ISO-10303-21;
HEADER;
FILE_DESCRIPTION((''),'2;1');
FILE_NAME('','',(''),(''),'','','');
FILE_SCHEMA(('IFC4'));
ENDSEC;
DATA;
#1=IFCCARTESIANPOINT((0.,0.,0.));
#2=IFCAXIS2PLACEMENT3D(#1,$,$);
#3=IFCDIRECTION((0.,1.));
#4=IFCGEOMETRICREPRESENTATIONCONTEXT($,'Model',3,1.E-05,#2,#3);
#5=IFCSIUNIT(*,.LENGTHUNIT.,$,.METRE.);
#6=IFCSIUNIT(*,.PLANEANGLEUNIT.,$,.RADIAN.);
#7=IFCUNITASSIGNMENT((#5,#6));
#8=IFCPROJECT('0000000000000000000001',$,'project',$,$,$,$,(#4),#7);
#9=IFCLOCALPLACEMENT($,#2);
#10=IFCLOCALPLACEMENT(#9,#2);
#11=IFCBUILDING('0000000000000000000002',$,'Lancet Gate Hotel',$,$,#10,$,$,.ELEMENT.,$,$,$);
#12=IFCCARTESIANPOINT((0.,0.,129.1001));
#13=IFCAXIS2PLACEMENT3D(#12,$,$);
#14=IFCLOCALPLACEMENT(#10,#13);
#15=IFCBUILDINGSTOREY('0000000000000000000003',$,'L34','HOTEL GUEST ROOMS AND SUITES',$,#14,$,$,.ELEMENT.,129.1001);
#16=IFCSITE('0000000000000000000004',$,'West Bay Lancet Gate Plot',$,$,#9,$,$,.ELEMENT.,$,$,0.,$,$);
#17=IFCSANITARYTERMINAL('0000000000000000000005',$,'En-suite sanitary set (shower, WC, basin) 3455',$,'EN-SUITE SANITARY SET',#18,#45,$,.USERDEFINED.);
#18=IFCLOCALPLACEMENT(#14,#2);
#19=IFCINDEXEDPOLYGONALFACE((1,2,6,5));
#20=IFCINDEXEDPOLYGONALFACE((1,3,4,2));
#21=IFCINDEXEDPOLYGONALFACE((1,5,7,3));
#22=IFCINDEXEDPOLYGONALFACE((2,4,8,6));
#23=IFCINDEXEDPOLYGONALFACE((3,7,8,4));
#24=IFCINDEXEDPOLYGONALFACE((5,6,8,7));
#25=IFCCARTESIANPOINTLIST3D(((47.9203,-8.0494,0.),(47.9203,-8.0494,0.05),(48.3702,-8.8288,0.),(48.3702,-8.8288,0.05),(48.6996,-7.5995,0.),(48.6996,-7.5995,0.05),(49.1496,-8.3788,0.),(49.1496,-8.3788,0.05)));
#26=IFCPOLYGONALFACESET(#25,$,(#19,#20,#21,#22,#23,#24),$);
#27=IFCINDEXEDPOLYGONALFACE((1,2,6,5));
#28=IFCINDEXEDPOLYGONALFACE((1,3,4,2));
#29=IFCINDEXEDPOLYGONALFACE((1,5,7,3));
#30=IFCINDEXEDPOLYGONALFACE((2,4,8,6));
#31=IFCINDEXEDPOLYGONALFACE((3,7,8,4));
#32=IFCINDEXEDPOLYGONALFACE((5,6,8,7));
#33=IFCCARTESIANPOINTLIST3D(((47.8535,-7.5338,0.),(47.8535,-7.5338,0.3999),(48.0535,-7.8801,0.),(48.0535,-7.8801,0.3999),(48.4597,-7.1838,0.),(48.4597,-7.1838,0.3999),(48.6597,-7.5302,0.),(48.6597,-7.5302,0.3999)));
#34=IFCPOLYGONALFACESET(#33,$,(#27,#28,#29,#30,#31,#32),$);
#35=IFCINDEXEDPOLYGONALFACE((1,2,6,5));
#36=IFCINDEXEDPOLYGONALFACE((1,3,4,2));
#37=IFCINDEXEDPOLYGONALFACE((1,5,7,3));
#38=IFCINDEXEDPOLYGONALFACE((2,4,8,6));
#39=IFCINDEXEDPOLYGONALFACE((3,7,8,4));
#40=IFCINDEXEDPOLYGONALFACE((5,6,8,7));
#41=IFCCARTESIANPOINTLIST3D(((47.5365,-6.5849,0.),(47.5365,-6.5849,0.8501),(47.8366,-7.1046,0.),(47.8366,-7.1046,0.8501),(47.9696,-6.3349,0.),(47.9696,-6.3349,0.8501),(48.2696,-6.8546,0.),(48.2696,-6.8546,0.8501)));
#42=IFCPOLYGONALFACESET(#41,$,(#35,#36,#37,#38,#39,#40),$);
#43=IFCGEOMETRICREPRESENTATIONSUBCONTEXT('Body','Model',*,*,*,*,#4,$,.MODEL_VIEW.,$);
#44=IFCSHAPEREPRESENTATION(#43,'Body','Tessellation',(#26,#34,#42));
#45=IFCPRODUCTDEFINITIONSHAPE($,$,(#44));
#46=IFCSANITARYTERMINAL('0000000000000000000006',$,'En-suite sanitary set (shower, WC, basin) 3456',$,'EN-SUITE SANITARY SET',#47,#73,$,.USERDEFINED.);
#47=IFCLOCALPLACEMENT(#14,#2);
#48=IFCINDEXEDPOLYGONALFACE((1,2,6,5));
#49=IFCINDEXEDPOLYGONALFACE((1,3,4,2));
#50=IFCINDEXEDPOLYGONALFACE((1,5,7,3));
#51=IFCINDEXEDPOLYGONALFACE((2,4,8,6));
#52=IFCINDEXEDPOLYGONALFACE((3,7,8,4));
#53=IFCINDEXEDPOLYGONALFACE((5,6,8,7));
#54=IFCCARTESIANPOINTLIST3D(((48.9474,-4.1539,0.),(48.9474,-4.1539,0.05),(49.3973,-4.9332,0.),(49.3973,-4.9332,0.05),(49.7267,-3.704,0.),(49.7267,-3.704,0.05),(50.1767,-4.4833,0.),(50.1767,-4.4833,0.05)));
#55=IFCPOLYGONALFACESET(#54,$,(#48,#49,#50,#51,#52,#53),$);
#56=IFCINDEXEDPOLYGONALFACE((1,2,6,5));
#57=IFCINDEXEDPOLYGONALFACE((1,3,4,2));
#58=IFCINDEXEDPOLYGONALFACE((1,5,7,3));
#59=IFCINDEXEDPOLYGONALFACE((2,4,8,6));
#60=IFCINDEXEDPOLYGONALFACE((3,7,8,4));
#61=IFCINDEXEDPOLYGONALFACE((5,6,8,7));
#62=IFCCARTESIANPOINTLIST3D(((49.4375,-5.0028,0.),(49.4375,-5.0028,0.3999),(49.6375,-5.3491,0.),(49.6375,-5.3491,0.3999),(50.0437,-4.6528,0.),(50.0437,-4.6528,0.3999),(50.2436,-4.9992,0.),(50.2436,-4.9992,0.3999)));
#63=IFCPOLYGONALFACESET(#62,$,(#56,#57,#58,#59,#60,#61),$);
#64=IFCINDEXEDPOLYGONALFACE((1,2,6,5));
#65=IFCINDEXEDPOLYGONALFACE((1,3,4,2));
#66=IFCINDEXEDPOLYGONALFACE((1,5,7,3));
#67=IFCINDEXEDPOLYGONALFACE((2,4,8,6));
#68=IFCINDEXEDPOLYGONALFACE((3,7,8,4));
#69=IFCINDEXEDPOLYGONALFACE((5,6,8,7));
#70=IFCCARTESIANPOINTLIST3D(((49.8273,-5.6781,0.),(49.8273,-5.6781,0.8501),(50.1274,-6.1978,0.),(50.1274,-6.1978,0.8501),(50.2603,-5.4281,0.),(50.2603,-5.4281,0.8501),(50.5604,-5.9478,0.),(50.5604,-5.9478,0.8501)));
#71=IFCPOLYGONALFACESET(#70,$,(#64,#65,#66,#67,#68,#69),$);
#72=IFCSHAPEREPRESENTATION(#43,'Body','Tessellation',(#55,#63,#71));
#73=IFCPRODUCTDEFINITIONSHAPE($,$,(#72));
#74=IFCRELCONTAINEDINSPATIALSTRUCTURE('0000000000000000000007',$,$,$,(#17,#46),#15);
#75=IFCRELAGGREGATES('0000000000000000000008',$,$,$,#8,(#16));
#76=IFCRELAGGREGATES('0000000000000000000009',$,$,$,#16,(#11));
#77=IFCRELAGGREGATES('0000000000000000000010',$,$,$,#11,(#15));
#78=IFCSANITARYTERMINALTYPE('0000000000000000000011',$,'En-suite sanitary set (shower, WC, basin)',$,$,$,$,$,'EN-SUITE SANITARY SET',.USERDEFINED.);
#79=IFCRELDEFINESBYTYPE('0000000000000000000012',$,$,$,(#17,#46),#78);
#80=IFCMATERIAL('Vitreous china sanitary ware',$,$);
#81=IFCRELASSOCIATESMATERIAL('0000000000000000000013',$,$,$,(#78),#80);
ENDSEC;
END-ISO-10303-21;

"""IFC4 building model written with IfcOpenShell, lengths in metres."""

from ifc_helpers import new_model, si_unit, direction, frame, origin, origin_2d, place, context, subcontext, project, spatial, rectangle, extrude, material, type_object, element, save


model = new_model("IFC4")

# Units and contexts
model_context = context("Model", 3, precision=1e-05, world=origin(), true_north=direction((0.0, 1.0)))
body_context = subcontext(model_context, "Body", "Model", "MODEL_VIEW")
ifc_project = project(units=[si_unit("LENGTHUNIT", "METRE"), si_unit("PLANEANGLEUNIT", "RADIAN")], contexts=[model_context])

# Site, building, storey
site_placement = place(None, origin())
site = spatial("IfcSite", under=ifc_project, at=site_placement, Name="West Bay Lancet Gate Plot", CompositionType="ELEMENT", RefElevation=0.0)
building_placement = place(site_placement, origin())
building = spatial("IfcBuilding", under=site, at=building_placement, Name="Lancet Gate Hotel", CompositionType="ELEMENT")
storey_placement = place(building_placement, frame((0.0, 0.0, 129.1001)))
storey = spatial("IfcBuildingStorey", under=building, at=storey_placement, Name="L34", Description="HOTEL GUEST ROOMS AND SUITES", CompositionType="ELEMENT", Elevation=129.1001)

# Sanitary terminals
ifc_material_1 = material(Name="Vitreous china sanitary ware")
sanitary_terminal_type = type_object("IfcSanitaryTerminalType", Name="En-suite sanitary set (shower, WC, basin)", ElementType="EN-SUITE SANITARY SET", PredefinedType="USERDEFINED", material=ifc_material_1)
sanitary_terminal_1_placement = place(storey_placement, frame((48.5349, -8.2141, 0.0), z_axis=(0.0, 0.0, 1.0), x_axis=(1.0, 0.0, 0.0)))
element("IfcSanitaryTerminal", 1, at=sanitary_terminal_1_placement, inside=storey, type_object=sanitary_terminal_type, Name="En-suite sanitary set (shower, WC, basin) 3455", ObjectType="EN-SUITE SANITARY SET", PredefinedType="USERDEFINED", context=body_context, shape_type="SweptSolid", body=[
    extrude(rectangle(XDim=0.8999, YDim=0.8999, at=origin_2d()), frame((0.0, 0.0, 0.0), z_axis=(0.0, 0.0, 1.0), x_axis=(0.5, -0.866025, 0.0)), (0.0, 0.0, 1.0), 0.05),
    extrude(rectangle(XDim=0.3999, YDim=0.7, at=origin_2d()), frame((-0.2783, 0.6821, 0.0), z_axis=(0.0, 0.0, 1.0), x_axis=(0.5, -0.866025, 0.0)), (0.0, 0.0, 1.0), 0.3999),
    extrude(rectangle(XDim=0.6001, YDim=0.5, at=origin_2d()), frame((-0.6318, 1.4944, 0.0), z_axis=(0.0, 0.0, 1.0), x_axis=(0.5, -0.866025, 0.0)), (0.0, 0.0, 1.0), 0.8501),
])
sanitary_terminal_2_placement = place(storey_placement, frame((49.562, -4.3186, 0.0), z_axis=(0.0, 0.0, 1.0), x_axis=(1.0, 0.0, 0.0)))
element("IfcSanitaryTerminal", 2, at=sanitary_terminal_2_placement, inside=storey, type_object=sanitary_terminal_type, Name="En-suite sanitary set (shower, WC, basin) 3456", ObjectType="EN-SUITE SANITARY SET", PredefinedType="USERDEFINED", context=body_context, shape_type="SweptSolid", body=[
    extrude(rectangle(XDim=0.8999, YDim=0.8999, at=origin_2d()), frame((0.0, 0.0, 0.0), z_axis=(0.0, 0.0, 1.0), x_axis=(-0.5, 0.866025, 0.0)), (0.0, 0.0, 1.0), 0.05),
    extrude(rectangle(XDim=0.3999, YDim=0.7, at=origin_2d()), frame((0.2786, -0.6824, 0.0), z_axis=(0.0, 0.0, 1.0), x_axis=(-0.5, 0.866025, 0.0)), (0.0, 0.0, 1.0), 0.3999),
    extrude(rectangle(XDim=0.6001, YDim=0.5, at=origin_2d()), frame((0.6318, -1.4944, 0.0), z_axis=(0.0, 0.0, 1.0), x_axis=(-0.5, 0.866025, 0.0)), (0.0, 0.0, 1.0), 0.8501),
])

save(model, "model.ifc")
